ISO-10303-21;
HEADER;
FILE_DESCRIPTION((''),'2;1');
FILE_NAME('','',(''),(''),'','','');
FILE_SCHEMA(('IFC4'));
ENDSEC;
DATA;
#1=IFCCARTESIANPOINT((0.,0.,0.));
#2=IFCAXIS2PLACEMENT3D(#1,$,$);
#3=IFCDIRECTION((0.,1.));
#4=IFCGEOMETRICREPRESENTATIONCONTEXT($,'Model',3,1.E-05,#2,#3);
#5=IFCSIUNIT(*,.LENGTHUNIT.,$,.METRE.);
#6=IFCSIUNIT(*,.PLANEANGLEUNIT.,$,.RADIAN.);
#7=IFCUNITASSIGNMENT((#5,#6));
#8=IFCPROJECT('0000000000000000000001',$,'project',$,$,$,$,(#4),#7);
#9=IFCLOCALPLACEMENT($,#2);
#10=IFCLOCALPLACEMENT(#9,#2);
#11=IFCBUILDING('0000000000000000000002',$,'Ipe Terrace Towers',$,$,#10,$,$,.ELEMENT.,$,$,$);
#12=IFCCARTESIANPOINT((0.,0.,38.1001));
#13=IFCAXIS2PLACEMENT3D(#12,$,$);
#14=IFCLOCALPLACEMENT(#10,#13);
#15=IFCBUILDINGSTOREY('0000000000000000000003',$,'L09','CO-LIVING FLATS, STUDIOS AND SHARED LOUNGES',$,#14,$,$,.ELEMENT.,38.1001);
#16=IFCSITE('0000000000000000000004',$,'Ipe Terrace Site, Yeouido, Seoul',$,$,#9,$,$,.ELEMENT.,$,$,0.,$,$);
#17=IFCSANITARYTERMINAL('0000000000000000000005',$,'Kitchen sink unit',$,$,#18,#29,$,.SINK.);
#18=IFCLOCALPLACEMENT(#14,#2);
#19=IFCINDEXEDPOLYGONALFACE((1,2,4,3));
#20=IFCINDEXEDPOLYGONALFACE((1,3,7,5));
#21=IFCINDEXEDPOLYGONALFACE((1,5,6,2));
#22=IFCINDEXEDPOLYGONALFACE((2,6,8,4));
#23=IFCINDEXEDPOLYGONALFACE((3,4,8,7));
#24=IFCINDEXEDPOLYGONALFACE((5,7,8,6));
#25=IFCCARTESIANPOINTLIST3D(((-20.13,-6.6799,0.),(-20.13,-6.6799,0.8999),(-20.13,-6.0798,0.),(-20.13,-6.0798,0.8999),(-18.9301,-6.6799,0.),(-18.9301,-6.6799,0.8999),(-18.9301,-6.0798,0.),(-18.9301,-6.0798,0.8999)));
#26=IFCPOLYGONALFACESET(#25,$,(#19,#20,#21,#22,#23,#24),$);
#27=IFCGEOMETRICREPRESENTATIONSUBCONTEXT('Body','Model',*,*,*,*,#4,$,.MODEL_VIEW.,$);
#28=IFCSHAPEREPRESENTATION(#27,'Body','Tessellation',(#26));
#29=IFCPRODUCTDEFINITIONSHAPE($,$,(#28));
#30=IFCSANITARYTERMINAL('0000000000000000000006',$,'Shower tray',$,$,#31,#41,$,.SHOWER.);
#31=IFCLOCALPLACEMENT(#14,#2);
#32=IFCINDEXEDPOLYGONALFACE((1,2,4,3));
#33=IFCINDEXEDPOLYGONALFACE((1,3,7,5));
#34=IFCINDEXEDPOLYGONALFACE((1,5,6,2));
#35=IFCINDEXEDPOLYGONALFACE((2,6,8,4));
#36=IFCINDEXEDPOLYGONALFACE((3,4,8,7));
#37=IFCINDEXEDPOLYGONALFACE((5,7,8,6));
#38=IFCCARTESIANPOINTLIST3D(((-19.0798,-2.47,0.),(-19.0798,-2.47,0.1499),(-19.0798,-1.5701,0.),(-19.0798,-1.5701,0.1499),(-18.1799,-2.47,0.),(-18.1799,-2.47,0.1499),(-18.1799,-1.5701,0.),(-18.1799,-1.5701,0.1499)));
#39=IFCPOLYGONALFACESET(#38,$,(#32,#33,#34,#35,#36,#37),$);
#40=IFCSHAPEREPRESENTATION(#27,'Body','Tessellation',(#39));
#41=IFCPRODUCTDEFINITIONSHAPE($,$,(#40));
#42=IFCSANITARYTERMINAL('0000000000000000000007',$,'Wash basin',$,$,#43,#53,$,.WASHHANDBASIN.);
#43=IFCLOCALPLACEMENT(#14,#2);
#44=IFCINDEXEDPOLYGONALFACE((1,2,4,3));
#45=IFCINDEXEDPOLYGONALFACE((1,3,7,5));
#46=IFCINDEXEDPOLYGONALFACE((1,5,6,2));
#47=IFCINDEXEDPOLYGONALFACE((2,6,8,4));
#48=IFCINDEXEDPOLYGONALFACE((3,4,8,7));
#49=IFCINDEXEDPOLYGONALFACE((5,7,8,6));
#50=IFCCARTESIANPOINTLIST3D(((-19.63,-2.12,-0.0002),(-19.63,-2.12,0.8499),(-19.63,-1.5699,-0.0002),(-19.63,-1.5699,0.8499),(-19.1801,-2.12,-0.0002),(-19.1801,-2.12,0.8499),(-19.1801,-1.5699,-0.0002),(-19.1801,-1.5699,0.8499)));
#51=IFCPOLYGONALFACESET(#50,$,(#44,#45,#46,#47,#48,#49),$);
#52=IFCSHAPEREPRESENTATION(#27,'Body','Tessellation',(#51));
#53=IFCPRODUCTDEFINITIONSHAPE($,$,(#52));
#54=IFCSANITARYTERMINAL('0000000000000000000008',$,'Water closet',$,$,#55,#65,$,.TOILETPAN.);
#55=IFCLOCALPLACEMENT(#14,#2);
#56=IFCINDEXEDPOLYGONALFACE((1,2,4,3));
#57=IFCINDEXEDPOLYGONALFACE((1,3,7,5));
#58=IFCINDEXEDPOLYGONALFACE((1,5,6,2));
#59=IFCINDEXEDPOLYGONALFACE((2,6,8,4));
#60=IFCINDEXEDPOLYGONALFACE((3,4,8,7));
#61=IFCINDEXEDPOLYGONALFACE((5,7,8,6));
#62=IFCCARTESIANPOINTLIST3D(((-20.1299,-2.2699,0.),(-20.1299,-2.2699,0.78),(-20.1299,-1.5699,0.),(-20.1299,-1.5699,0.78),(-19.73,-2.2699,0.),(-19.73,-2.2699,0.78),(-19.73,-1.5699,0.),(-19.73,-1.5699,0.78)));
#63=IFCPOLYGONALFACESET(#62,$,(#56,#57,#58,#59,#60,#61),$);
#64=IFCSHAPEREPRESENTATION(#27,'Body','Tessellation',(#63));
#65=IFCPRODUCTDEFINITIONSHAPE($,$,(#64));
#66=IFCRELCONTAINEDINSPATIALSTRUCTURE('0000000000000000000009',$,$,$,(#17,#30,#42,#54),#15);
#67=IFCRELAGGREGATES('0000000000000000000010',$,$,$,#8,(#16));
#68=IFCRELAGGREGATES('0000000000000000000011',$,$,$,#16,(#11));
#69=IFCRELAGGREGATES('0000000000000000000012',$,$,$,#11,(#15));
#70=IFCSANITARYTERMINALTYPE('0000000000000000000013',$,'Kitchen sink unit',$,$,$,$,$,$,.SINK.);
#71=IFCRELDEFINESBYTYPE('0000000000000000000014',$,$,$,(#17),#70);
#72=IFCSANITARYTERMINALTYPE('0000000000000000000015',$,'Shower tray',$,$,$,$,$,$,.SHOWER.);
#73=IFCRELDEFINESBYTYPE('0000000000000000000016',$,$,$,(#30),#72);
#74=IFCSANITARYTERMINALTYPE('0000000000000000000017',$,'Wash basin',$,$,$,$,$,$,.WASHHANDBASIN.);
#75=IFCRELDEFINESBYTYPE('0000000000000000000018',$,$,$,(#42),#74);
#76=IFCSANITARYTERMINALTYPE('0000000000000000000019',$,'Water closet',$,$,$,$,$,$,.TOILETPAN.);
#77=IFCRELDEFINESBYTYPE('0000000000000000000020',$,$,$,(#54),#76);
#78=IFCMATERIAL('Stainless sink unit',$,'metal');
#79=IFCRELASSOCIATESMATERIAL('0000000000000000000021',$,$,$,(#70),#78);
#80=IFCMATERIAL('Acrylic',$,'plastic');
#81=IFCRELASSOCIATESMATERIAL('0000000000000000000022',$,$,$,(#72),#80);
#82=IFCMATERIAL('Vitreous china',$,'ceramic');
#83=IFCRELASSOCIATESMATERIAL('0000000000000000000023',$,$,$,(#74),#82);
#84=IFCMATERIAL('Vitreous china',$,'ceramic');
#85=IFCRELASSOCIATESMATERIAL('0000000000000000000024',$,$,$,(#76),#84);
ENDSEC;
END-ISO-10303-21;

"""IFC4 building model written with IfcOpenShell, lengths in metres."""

from ifc_helpers import new_model, si_unit, direction, frame, origin, origin_2d, place, context, subcontext, project, spatial, rectangle, extrude, material, type_object, element, save


model = new_model("IFC4")

# Units and contexts
model_context = context("Model", 3, precision=1e-05, world=origin(), true_north=direction((0.0, 1.0)))
body_context = subcontext(model_context, "Body", "Model", "MODEL_VIEW")
ifc_project = project(units=[si_unit("LENGTHUNIT", "METRE"), si_unit("PLANEANGLEUNIT", "RADIAN")], contexts=[model_context])

# Site, building, storey
site_placement = place(None, origin())
site = spatial("IfcSite", under=ifc_project, at=site_placement, Name="Ipe Terrace Site, Yeouido, Seoul", CompositionType="ELEMENT", RefElevation=0.0)
building_placement = place(site_placement, origin())
building = spatial("IfcBuilding", under=site, at=building_placement, Name="Ipe Terrace Towers", CompositionType="ELEMENT")
storey_placement = place(building_placement, frame((0.0, 0.0, 38.1001)))
storey = spatial("IfcBuildingStorey", under=building, at=storey_placement, Name="L09", Description="CO-LIVING FLATS, STUDIOS AND SHARED LOUNGES", CompositionType="ELEMENT", Elevation=38.1001)

# Sanitary terminals
ifc_material_1 = material(Name="Stainless sink unit", Category="metal")
sanitary_terminal_type_1 = type_object("IfcSanitaryTerminalType", Name="Kitchen sink unit", PredefinedType="SINK", material=ifc_material_1)
sanitary_terminal_1_placement = place(storey_placement, frame((-19.53, -6.3799, 0.0), z_axis=(0.0, 0.0, 1.0), x_axis=(-1.0, 0.0, 0.0)))
element("IfcSanitaryTerminal", 1, at=sanitary_terminal_1_placement, inside=storey, type_object=sanitary_terminal_type_1, Name="Kitchen sink unit", PredefinedType="SINK", context=body_context, shape_type="SweptSolid", body=[
    extrude(rectangle(XDim=1.2, YDim=0.6001, at=origin_2d()), origin(), (0.0, 0.0, 1.0), 0.8999),
])
ifc_material_2 = material(Name="Acrylic", Category="plastic")
sanitary_terminal_type_2 = type_object("IfcSanitaryTerminalType", Name="Shower tray", PredefinedType="SHOWER", material=ifc_material_2)
sanitary_terminal_2_placement = place(storey_placement, frame((-18.6299, -2.02, 0.0), z_axis=(0.0, 0.0, 1.0), x_axis=(0.0, -1.0, 0.0)))
element("IfcSanitaryTerminal", 2, at=sanitary_terminal_2_placement, inside=storey, type_object=sanitary_terminal_type_2, Name="Shower tray", PredefinedType="SHOWER", context=body_context, shape_type="SweptSolid", body=[
    extrude(rectangle(XDim=0.8999, YDim=0.8999, at=origin_2d()), origin(), (0.0, 0.0, 1.0), 0.1499),
])
ifc_material_3 = material(Name="Vitreous china", Category="ceramic")
sanitary_terminal_type_3 = type_object("IfcSanitaryTerminalType", Name="Wash basin", PredefinedType="WASHHANDBASIN", material=ifc_material_3)
sanitary_terminal_3_placement = place(storey_placement, frame((-19.405, -1.845, -0.0002), z_axis=(0.0, 0.0, 1.0), x_axis=(0.0, -1.0, 0.0)))
element("IfcSanitaryTerminal", 3, at=sanitary_terminal_3_placement, inside=storey, type_object=sanitary_terminal_type_3, Name="Wash basin", PredefinedType="WASHHANDBASIN", context=body_context, shape_type="SweptSolid", body=[
    extrude(rectangle(XDim=0.55, YDim=0.45, at=origin_2d()), origin(), (0.0, 0.0, 1.0), 0.8501),
])
ifc_material_4 = material(Name="Vitreous china", Category="ceramic")
sanitary_terminal_type_4 = type_object("IfcSanitaryTerminalType", Name="Water closet", PredefinedType="TOILETPAN", material=ifc_material_4)
sanitary_terminal_4_placement = place(storey_placement, frame((-19.9299, -1.9199, 0.0), z_axis=(0.0, 0.0, 1.0), x_axis=(0.0, -1.0, 0.0)))
element("IfcSanitaryTerminal", 4, at=sanitary_terminal_4_placement, inside=storey, type_object=sanitary_terminal_type_4, Name="Water closet", PredefinedType="TOILETPAN", context=body_context, shape_type="SweptSolid", body=[
    extrude(rectangle(XDim=0.7, YDim=0.3999, at=origin_2d()), origin(), (0.0, 0.0, 1.0), 0.78),
])

save(model, "model.ifc")
